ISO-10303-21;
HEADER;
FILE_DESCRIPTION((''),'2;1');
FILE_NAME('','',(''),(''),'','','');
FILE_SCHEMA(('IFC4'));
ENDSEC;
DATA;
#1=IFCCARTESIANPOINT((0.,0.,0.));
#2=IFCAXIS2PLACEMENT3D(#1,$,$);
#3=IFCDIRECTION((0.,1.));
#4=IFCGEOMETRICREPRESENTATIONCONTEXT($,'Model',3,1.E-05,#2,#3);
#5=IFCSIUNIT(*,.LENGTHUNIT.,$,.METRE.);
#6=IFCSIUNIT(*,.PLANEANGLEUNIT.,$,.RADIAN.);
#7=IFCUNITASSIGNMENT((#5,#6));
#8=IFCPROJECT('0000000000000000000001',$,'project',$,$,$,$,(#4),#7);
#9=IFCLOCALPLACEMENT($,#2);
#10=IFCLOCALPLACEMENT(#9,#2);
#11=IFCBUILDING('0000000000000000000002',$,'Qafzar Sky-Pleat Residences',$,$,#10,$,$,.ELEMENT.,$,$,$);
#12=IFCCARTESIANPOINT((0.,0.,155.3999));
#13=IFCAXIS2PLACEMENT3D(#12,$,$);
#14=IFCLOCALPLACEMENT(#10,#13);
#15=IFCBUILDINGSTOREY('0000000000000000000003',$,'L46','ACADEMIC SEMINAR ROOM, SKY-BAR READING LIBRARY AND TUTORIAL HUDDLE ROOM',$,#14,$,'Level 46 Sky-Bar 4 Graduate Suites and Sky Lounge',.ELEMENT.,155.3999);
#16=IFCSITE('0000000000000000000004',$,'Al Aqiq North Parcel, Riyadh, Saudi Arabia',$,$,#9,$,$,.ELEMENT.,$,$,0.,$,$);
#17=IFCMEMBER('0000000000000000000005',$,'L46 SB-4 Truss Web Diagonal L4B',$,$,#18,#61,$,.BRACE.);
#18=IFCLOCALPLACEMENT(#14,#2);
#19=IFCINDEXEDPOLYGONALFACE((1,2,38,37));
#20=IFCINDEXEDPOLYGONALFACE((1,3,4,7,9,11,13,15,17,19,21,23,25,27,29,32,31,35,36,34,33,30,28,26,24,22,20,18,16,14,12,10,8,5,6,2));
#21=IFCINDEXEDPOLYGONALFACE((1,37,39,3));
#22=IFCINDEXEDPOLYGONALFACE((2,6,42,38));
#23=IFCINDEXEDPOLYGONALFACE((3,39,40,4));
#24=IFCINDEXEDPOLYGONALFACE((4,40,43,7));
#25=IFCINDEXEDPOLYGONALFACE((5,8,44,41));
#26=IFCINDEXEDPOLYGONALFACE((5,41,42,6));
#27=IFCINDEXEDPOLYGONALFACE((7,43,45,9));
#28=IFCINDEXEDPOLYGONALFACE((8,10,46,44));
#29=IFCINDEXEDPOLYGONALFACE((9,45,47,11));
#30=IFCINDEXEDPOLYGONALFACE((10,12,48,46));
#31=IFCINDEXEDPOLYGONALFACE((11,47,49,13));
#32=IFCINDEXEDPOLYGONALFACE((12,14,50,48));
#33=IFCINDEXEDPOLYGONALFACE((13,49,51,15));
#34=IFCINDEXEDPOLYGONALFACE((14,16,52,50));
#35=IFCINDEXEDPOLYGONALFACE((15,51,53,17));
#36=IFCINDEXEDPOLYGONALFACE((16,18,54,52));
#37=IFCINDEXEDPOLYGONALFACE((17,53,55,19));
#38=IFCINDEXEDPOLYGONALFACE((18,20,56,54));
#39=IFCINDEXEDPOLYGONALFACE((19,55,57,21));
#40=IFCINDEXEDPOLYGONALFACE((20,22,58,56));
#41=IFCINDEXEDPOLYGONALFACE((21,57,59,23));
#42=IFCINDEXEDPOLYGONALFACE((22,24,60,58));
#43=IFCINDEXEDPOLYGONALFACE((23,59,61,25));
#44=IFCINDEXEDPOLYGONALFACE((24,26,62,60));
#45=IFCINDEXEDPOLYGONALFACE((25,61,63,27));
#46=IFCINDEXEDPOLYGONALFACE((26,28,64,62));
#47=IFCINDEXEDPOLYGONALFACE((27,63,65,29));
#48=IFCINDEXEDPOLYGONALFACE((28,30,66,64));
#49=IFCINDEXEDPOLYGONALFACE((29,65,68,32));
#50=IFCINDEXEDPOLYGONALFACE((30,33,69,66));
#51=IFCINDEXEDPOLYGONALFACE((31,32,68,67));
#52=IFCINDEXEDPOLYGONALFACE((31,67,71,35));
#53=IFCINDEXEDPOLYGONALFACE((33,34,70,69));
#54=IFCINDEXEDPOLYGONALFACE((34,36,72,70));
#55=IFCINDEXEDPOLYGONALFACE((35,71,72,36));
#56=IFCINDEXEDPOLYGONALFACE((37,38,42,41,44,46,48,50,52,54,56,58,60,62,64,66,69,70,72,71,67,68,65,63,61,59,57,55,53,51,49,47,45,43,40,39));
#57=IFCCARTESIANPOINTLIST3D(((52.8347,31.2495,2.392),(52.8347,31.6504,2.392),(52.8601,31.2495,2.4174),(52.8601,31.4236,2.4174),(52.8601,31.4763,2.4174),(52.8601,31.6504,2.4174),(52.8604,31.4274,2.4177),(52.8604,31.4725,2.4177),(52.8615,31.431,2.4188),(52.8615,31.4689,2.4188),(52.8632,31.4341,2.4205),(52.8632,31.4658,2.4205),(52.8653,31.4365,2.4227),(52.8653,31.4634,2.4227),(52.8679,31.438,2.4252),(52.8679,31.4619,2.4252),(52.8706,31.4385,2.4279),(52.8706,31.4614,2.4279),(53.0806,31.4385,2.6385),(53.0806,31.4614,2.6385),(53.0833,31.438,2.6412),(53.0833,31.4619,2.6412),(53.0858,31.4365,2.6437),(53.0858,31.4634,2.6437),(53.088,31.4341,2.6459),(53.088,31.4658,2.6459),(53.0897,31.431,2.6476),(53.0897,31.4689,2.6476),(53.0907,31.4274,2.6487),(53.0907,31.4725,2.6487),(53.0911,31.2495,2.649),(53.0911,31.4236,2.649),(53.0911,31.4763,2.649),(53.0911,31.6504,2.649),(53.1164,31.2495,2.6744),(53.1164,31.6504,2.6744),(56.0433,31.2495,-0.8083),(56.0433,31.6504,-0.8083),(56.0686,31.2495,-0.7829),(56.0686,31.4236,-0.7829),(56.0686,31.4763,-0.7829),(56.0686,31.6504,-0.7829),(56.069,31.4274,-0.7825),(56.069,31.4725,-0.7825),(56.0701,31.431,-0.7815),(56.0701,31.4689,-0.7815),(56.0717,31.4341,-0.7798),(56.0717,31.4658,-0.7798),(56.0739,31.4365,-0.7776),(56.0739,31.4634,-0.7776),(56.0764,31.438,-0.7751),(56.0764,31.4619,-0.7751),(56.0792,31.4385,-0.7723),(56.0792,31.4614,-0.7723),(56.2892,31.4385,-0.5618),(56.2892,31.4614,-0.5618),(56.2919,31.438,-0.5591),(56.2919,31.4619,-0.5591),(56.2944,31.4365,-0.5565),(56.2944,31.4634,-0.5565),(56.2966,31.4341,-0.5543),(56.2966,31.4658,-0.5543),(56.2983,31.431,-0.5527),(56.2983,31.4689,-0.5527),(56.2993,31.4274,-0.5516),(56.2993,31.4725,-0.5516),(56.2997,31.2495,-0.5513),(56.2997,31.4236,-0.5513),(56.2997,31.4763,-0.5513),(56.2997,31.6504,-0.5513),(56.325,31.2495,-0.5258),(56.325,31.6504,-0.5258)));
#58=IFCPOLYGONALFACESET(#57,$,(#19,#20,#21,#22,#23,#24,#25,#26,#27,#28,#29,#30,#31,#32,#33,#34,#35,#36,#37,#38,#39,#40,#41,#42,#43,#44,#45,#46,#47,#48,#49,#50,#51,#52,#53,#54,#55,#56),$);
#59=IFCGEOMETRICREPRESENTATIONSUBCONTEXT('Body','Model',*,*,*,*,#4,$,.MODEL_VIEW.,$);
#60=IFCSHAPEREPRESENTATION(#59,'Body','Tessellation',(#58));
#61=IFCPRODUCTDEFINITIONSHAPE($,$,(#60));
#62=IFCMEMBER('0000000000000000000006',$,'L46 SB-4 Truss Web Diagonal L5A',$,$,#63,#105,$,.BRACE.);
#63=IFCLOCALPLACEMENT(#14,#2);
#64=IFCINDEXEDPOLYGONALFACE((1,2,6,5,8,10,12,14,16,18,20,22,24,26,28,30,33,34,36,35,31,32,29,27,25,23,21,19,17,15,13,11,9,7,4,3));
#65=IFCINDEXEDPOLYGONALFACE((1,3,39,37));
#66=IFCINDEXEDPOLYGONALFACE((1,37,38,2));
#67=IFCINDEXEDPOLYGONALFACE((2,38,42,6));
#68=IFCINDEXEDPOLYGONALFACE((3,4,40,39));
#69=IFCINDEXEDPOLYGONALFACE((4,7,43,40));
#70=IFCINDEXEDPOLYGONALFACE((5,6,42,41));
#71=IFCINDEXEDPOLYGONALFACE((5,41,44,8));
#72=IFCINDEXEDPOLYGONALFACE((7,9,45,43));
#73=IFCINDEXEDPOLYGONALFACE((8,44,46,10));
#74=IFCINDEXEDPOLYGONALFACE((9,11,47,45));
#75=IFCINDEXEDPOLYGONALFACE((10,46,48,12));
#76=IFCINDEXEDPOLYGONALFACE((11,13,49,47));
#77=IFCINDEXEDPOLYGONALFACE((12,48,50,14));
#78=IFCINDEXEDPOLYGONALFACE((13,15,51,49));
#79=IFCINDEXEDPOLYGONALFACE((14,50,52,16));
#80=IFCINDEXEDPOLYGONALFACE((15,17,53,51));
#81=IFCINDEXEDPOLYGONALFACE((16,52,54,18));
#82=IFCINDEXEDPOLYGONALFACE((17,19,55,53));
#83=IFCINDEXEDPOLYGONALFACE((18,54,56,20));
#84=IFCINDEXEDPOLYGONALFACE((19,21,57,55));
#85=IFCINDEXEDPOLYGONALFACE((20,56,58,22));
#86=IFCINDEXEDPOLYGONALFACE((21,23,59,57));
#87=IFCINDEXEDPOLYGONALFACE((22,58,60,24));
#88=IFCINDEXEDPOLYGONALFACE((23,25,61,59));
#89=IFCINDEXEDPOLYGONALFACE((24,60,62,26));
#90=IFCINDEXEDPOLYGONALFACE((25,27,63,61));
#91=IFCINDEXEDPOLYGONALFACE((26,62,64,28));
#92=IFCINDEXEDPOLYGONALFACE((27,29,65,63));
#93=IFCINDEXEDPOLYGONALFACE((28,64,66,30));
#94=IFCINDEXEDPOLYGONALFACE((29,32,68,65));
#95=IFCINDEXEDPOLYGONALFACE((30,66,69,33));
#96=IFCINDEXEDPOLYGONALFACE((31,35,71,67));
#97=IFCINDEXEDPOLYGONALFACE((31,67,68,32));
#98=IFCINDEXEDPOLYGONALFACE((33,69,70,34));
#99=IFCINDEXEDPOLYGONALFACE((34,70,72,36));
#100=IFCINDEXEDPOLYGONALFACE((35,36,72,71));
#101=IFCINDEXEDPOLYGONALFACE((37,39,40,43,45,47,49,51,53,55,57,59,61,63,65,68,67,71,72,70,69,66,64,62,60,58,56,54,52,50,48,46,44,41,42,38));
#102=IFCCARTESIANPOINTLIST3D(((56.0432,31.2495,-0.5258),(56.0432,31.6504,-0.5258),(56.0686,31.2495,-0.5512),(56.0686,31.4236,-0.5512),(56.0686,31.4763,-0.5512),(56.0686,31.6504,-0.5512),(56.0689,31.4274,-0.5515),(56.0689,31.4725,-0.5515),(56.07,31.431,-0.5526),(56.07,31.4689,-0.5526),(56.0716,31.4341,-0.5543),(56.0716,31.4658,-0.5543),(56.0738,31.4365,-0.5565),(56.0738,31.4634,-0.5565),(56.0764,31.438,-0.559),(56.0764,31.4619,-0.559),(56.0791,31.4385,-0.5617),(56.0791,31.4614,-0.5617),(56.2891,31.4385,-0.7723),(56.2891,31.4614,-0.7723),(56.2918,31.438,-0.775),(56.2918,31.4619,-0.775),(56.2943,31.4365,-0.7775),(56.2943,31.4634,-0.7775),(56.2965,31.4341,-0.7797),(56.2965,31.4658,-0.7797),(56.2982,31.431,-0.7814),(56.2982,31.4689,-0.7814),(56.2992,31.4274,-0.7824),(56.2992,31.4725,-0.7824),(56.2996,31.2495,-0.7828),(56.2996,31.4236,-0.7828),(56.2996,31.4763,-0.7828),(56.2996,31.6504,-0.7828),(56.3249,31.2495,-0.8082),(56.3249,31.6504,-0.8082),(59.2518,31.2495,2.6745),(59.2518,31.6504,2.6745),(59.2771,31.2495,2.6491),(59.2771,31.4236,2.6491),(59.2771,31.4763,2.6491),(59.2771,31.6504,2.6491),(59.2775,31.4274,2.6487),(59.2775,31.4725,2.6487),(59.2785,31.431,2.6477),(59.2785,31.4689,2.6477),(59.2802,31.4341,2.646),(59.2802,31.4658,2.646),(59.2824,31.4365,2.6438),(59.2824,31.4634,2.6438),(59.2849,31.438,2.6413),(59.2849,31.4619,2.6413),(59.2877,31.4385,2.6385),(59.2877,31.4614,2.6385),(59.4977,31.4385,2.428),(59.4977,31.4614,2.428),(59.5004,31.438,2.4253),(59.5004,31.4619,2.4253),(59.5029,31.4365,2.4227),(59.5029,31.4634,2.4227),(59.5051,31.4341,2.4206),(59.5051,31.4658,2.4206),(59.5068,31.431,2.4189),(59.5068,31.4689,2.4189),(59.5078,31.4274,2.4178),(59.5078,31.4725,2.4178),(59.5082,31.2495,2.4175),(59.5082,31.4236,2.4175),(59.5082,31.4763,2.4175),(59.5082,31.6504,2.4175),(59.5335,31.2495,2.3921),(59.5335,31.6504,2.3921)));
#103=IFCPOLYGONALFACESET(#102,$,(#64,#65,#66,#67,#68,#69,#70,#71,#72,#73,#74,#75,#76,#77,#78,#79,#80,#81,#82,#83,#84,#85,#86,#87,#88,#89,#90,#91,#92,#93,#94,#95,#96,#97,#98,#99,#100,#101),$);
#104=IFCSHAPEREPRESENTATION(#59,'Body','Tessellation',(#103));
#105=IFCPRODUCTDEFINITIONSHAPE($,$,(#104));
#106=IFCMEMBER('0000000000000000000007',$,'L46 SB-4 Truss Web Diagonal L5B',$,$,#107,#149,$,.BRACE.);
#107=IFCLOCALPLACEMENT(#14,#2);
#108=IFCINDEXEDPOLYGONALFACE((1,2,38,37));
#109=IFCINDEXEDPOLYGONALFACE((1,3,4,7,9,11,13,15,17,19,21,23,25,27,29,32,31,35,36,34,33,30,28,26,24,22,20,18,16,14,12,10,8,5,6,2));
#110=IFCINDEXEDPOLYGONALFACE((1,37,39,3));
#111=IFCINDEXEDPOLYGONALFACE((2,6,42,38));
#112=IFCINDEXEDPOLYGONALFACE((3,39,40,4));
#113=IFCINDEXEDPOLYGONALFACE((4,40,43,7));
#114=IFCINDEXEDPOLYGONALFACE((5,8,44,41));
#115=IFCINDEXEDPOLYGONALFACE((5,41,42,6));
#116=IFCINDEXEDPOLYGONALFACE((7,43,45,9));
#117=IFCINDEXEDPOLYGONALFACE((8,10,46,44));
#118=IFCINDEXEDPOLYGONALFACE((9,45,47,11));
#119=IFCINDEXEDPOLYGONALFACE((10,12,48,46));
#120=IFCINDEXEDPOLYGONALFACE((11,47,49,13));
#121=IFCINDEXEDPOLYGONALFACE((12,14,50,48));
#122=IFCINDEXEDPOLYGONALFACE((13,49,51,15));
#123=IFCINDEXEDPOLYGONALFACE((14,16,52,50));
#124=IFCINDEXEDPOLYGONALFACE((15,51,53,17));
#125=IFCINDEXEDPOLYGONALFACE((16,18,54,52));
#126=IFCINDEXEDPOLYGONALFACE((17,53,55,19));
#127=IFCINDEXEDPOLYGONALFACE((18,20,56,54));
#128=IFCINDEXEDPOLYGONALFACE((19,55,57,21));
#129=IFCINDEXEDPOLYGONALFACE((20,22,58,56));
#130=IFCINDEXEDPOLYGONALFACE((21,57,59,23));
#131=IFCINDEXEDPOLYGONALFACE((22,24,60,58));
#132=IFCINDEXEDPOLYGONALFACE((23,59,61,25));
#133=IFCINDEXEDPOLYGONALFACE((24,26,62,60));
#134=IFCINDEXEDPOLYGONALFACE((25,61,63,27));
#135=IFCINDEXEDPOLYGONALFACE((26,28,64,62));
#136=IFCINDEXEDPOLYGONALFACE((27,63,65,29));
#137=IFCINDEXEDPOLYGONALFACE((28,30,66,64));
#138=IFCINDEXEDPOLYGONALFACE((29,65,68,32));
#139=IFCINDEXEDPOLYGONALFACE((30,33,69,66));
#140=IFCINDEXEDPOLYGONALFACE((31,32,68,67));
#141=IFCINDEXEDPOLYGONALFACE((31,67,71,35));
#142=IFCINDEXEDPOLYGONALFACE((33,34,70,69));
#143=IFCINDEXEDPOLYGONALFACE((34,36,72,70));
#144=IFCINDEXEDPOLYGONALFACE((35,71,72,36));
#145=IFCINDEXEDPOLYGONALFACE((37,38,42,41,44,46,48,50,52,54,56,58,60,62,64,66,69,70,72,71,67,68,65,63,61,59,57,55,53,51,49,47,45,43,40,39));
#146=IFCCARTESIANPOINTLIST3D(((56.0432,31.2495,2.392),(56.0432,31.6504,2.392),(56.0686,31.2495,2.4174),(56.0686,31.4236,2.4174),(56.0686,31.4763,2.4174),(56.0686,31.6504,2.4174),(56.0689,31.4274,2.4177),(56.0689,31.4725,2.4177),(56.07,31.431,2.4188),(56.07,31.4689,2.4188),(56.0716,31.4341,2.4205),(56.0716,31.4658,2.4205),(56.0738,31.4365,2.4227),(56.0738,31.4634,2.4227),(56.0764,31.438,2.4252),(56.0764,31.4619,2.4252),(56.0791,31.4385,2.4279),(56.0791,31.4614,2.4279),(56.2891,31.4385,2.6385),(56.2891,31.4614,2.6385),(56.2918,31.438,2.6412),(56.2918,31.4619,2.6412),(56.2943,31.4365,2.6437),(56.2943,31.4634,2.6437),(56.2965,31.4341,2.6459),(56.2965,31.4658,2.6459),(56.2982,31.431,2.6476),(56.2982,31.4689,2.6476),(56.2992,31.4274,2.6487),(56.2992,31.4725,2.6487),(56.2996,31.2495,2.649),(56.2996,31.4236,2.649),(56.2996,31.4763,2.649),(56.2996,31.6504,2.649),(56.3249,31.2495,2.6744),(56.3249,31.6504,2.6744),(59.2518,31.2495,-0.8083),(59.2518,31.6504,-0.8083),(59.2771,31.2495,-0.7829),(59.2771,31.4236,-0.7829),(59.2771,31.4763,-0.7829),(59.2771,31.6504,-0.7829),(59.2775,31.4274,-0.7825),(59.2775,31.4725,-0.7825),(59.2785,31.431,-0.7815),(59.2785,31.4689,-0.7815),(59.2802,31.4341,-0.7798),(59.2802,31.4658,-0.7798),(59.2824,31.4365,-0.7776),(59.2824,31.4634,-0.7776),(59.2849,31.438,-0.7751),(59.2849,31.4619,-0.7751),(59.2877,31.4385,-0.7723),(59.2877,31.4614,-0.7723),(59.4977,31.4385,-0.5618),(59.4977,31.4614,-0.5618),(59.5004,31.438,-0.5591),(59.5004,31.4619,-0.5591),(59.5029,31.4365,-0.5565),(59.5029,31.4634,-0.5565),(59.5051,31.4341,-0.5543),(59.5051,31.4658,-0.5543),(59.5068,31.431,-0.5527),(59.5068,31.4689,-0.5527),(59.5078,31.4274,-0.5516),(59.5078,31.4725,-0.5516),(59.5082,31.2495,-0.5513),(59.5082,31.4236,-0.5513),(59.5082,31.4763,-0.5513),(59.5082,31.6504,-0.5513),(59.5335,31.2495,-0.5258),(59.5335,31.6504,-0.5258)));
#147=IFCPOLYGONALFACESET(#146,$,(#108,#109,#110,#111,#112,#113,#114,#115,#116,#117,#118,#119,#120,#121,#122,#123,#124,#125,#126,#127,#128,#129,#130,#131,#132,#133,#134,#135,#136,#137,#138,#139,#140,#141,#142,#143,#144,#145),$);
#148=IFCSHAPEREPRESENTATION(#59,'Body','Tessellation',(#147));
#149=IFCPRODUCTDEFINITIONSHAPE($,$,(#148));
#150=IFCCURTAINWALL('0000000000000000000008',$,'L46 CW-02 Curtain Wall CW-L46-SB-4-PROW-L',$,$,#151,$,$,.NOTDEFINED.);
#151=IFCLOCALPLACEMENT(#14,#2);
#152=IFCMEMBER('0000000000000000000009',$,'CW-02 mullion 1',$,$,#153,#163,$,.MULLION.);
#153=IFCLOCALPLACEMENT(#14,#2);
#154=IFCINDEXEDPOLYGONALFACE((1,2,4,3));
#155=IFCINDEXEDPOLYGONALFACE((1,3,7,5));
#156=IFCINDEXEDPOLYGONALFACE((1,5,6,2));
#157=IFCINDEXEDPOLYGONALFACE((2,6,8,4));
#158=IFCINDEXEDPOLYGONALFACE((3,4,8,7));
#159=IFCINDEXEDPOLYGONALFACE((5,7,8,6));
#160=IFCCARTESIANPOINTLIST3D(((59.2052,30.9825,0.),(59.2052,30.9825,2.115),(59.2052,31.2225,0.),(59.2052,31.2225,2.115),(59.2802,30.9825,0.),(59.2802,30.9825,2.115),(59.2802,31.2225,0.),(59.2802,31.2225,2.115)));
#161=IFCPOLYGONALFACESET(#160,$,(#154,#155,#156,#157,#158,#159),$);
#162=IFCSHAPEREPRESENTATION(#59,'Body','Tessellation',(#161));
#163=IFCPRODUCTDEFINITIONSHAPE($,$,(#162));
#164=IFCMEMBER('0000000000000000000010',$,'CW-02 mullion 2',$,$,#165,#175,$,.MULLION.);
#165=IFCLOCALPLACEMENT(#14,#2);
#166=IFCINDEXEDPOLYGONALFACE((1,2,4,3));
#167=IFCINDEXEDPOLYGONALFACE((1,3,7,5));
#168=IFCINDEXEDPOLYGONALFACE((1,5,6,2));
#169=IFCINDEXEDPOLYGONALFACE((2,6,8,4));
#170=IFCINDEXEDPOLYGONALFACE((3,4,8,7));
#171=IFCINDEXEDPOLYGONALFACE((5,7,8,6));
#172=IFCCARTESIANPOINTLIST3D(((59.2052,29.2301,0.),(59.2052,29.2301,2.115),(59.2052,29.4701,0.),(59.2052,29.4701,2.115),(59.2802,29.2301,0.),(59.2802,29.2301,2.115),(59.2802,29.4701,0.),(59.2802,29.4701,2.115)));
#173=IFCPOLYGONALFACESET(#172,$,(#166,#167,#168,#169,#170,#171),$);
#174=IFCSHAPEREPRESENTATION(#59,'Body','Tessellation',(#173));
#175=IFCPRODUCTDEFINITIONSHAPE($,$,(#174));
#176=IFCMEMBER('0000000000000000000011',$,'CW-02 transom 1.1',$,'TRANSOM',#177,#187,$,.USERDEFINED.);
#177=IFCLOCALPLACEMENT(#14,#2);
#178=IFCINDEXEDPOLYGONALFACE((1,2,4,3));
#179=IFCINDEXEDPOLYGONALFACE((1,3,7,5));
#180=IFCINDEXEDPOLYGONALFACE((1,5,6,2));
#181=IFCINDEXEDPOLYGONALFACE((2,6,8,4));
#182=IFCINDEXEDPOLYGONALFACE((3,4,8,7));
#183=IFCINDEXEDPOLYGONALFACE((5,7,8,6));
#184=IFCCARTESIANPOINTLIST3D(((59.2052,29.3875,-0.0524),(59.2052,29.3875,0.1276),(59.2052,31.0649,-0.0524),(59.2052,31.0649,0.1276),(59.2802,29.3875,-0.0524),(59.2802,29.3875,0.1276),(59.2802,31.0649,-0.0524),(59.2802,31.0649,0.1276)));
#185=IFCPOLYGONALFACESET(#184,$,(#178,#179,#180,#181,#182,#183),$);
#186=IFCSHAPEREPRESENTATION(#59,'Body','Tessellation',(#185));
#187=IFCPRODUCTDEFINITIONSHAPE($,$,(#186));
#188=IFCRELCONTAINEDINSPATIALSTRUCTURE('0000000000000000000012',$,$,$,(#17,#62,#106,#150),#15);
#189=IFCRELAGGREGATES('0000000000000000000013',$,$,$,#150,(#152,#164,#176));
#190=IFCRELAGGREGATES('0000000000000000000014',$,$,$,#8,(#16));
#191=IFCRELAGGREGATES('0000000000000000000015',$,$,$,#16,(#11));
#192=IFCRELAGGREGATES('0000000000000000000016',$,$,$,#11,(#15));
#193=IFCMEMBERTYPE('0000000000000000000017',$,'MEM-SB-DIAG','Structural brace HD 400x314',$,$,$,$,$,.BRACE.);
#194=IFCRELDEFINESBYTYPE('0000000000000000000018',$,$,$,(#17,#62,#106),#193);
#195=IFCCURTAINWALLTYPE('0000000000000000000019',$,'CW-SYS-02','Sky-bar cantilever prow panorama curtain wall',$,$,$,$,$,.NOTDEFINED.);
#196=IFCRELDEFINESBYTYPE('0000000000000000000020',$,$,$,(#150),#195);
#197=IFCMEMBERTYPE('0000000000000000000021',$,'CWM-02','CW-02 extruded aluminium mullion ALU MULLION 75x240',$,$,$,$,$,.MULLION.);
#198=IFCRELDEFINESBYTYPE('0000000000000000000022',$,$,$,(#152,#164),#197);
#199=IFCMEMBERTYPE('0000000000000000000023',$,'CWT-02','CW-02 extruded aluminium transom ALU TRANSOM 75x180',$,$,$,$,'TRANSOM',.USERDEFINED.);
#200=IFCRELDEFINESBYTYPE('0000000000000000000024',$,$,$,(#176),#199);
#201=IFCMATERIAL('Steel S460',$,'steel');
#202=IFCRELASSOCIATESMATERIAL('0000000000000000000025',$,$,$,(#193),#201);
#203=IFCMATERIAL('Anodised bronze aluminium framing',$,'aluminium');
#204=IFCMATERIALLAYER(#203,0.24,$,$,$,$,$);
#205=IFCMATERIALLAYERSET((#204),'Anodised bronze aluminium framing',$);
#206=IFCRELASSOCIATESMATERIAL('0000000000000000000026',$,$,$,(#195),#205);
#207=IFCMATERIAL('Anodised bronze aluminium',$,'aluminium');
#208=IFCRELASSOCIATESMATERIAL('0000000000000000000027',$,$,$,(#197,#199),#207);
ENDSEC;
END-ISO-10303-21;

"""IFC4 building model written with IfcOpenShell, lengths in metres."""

from ifc_helpers import new_model, si_unit, direction, frame, origin, origin_2d, place, context, subcontext, project, spatial, rectangle, i_section, extrude, source, transform, mapped, material, layer, layer_set, material_profile, profile_set, type_object, element, aggregate, save


model = new_model("IFC4")

# Units and contexts
model_context = context("Model", 3, precision=1e-05, world=origin(), true_north=direction((0.0, 1.0)))
body_context = subcontext(model_context, "Body", "Model", "MODEL_VIEW")
ifc_project = project(units=[si_unit("LENGTHUNIT", "METRE"), si_unit("PLANEANGLEUNIT", "RADIAN")], contexts=[model_context])

# Site, building, storey
site_placement = place(None, origin())
site = spatial("IfcSite", under=ifc_project, at=site_placement, Name="Al Aqiq North Parcel, Riyadh, Saudi Arabia", CompositionType="ELEMENT", RefElevation=0.0)
building_placement = place(site_placement, origin())
building = spatial("IfcBuilding", under=site, at=building_placement, Name="Qafzar Sky-Pleat Residences", CompositionType="ELEMENT")
storey_placement = place(building_placement, frame((0.0, 0.0, 155.3999)))
storey = spatial("IfcBuildingStorey", under=building, at=storey_placement, Name="L46", Description="ACADEMIC SEMINAR ROOM, SKY-BAR READING LIBRARY AND TUTORIAL HUDDLE ROOM", LongName="Level 46 Sky-Bar 4 Graduate Suites and Sky Lounge", CompositionType="ELEMENT", Elevation=155.3999)

# Shared definitions
ifc_material_1 = material(Name="Steel S460", Category="steel")

# Members
ifc_material_profile_1 = material_profile(ifc_material_1, i_section(OverallWidth=0.4009, OverallDepth=0.3989, WebThickness=0.0229, FlangeThickness=0.0359, FilletRadius=0.0149, at=origin_2d()), Name="HD 400x314")
ifc_profile_set_1 = profile_set([ifc_material_profile_1], Name="Steel S460")
member_type_1 = type_object("IfcMemberType", Name="MEM-SB-DIAG", Description="Structural brace HD 400x314", PredefinedType="BRACE", material=ifc_profile_set_1)
shared_shape_1 = source(origin(), body_context, "Body", "SweptSolid", [
    extrude(i_section(OverallWidth=0.4009, OverallDepth=0.3989, WebThickness=0.0229, FlangeThickness=0.0359, FilletRadius=0.0149, at=origin_2d()), origin(), (0.0, 0.0, 1.0), 4.5317),
])
for number, where, z_axis, x_axis, name in (
    (1, (52.9756, 31.45, 2.5332), (0.708022, 0.0, -0.70619), (0.0, 1.0, 0.0), "L46 SB-4 Truss Web Diagonal L4B"),
    (2, (56.1841, 31.45, -0.667), (0.708022, 0.0, 0.70619), (0.0, 1.0, 0.0), "L46 SB-4 Truss Web Diagonal L5A"),
    (3, (56.1841, 31.45, 2.5332), (0.708022, 0.0, -0.70619), (0.0, 1.0, 0.0), "L46 SB-4 Truss Web Diagonal L5B"),
):
    element("IfcMember", number, at=place(storey_placement, frame(where, z_axis=z_axis, x_axis=x_axis)), inside=storey, type_object=member_type_1, Name=name, PredefinedType="BRACE", context=body_context, shape_type="MappedRepresentation", body=[
        mapped(shared_shape_1, transform((0.0, 0.0, 0.0), x_axis=(1.0, 0.0, 0.0), y_axis=(0.0, 1.0, 0.0), z_axis=(0.0, 0.0, 1.0), scale=1.0)),
    ])

# Curtain wall, members
ifc_material_2 = material(Name="Anodised bronze aluminium framing", Category="aluminium")
ifc_layer_1 = layer(ifc_material_2, 0.24)
ifc_layer_set_1 = layer_set([ifc_layer_1], Name="Anodised bronze aluminium framing")
curtain_wall_type = type_object("IfcCurtainWallType", Name="CW-SYS-02", Description="Sky-bar cantilever prow panorama curtain wall", PredefinedType="NOTDEFINED", material=ifc_layer_set_1)
curtain_wall_placement = place(storey_placement, origin())
curtain_wall = element("IfcCurtainWall", 4, at=curtain_wall_placement, inside=storey, type_object=curtain_wall_type, Name="L46 CW-02 Curtain Wall CW-L46-SB-4-PROW-L", PredefinedType="NOTDEFINED")
ifc_material_3 = material(Name="Anodised bronze aluminium", Category="aluminium")
ifc_material_profile_2 = material_profile(ifc_material_3, rectangle(XDim=0.075, YDim=0.24, at=origin_2d()), Name="ALU MULLION 75x240")
ifc_profile_set_2 = profile_set([ifc_material_profile_2], Name="Anodised bronze aluminium")
member_type_2 = type_object("IfcMemberType", Name="CWM-02", Description="CW-02 extruded aluminium mullion ALU MULLION 75x240", PredefinedType="MULLION", material=ifc_profile_set_2)
shared_shape_2 = source(origin(), body_context, "Body", "SweptSolid", [
    extrude(rectangle(XDim=0.075, YDim=0.24, at=origin_2d()), origin(), (0.0, 0.0, 1.0), 2.115),
])
member_1_placement = place(storey_placement, frame((59.2427, 31.1025, 0.0), z_axis=(0.0, 0.0, 1.0), x_axis=(1.0, 0.0, 0.0)))
member_1 = element("IfcMember", 5, at=member_1_placement, type_object=member_type_2, Name="CW-02 mullion 1", PredefinedType="MULLION", context=body_context, shape_type="MappedRepresentation", body=[
    mapped(shared_shape_2, transform((0.0, 0.0, 0.0), x_axis=(1.0, 0.0, 0.0), y_axis=(0.0, 1.0, 0.0), z_axis=(0.0, 0.0, 1.0), scale=1.0)),
])
member_2_placement = place(storey_placement, frame((59.2427, 29.3501, 0.0), z_axis=(0.0, 0.0, 1.0), x_axis=(1.0, 0.0, 0.0)))
member_2 = element("IfcMember", 6, at=member_2_placement, type_object=member_type_2, Name="CW-02 mullion 2", PredefinedType="MULLION", context=body_context, shape_type="MappedRepresentation", body=[
    mapped(shared_shape_2, transform((0.0, 0.0, 0.0), x_axis=(1.0, 0.0, 0.0), y_axis=(0.0, 1.0, 0.0), z_axis=(0.0, 0.0, 1.0), scale=1.0)),
])
ifc_material_profile_3 = material_profile(ifc_material_3, rectangle(XDim=0.075, YDim=0.1799, at=origin_2d()), Name="ALU TRANSOM 75x180")
ifc_profile_set_3 = profile_set([ifc_material_profile_3], Name="Anodised bronze aluminium")
member_type_3 = type_object("IfcMemberType", Name="CWT-02", Description="CW-02 extruded aluminium transom ALU TRANSOM 75x180", ElementType="TRANSOM", PredefinedType="USERDEFINED", material=ifc_profile_set_3)
shared_shape_3 = source(origin(), body_context, "Body", "SweptSolid", [
    extrude(rectangle(XDim=0.075, YDim=0.1799, at=origin_2d()), origin(), (0.0, 0.0, 1.0), 1.6775),
])
member_3_placement = place(storey_placement, frame((59.2427, 31.0649, 0.0376), z_axis=(0.0, -1.0, 0.0), x_axis=(1.0, 0.0, 0.0)))
member_3 = element("IfcMember", 7, at=member_3_placement, type_object=member_type_3, Name="CW-02 transom 1.1", ObjectType="TRANSOM", PredefinedType="USERDEFINED", context=body_context, shape_type="MappedRepresentation", body=[
    mapped(shared_shape_3, transform((0.0, 0.0, 0.0), x_axis=(1.0, 0.0, 0.0), y_axis=(0.0, 1.0, 0.0), z_axis=(0.0, 0.0, 1.0), scale=1.0)),
])
aggregate(curtain_wall, [member_1, member_2, member_3])

save(model, "model.ifc")
